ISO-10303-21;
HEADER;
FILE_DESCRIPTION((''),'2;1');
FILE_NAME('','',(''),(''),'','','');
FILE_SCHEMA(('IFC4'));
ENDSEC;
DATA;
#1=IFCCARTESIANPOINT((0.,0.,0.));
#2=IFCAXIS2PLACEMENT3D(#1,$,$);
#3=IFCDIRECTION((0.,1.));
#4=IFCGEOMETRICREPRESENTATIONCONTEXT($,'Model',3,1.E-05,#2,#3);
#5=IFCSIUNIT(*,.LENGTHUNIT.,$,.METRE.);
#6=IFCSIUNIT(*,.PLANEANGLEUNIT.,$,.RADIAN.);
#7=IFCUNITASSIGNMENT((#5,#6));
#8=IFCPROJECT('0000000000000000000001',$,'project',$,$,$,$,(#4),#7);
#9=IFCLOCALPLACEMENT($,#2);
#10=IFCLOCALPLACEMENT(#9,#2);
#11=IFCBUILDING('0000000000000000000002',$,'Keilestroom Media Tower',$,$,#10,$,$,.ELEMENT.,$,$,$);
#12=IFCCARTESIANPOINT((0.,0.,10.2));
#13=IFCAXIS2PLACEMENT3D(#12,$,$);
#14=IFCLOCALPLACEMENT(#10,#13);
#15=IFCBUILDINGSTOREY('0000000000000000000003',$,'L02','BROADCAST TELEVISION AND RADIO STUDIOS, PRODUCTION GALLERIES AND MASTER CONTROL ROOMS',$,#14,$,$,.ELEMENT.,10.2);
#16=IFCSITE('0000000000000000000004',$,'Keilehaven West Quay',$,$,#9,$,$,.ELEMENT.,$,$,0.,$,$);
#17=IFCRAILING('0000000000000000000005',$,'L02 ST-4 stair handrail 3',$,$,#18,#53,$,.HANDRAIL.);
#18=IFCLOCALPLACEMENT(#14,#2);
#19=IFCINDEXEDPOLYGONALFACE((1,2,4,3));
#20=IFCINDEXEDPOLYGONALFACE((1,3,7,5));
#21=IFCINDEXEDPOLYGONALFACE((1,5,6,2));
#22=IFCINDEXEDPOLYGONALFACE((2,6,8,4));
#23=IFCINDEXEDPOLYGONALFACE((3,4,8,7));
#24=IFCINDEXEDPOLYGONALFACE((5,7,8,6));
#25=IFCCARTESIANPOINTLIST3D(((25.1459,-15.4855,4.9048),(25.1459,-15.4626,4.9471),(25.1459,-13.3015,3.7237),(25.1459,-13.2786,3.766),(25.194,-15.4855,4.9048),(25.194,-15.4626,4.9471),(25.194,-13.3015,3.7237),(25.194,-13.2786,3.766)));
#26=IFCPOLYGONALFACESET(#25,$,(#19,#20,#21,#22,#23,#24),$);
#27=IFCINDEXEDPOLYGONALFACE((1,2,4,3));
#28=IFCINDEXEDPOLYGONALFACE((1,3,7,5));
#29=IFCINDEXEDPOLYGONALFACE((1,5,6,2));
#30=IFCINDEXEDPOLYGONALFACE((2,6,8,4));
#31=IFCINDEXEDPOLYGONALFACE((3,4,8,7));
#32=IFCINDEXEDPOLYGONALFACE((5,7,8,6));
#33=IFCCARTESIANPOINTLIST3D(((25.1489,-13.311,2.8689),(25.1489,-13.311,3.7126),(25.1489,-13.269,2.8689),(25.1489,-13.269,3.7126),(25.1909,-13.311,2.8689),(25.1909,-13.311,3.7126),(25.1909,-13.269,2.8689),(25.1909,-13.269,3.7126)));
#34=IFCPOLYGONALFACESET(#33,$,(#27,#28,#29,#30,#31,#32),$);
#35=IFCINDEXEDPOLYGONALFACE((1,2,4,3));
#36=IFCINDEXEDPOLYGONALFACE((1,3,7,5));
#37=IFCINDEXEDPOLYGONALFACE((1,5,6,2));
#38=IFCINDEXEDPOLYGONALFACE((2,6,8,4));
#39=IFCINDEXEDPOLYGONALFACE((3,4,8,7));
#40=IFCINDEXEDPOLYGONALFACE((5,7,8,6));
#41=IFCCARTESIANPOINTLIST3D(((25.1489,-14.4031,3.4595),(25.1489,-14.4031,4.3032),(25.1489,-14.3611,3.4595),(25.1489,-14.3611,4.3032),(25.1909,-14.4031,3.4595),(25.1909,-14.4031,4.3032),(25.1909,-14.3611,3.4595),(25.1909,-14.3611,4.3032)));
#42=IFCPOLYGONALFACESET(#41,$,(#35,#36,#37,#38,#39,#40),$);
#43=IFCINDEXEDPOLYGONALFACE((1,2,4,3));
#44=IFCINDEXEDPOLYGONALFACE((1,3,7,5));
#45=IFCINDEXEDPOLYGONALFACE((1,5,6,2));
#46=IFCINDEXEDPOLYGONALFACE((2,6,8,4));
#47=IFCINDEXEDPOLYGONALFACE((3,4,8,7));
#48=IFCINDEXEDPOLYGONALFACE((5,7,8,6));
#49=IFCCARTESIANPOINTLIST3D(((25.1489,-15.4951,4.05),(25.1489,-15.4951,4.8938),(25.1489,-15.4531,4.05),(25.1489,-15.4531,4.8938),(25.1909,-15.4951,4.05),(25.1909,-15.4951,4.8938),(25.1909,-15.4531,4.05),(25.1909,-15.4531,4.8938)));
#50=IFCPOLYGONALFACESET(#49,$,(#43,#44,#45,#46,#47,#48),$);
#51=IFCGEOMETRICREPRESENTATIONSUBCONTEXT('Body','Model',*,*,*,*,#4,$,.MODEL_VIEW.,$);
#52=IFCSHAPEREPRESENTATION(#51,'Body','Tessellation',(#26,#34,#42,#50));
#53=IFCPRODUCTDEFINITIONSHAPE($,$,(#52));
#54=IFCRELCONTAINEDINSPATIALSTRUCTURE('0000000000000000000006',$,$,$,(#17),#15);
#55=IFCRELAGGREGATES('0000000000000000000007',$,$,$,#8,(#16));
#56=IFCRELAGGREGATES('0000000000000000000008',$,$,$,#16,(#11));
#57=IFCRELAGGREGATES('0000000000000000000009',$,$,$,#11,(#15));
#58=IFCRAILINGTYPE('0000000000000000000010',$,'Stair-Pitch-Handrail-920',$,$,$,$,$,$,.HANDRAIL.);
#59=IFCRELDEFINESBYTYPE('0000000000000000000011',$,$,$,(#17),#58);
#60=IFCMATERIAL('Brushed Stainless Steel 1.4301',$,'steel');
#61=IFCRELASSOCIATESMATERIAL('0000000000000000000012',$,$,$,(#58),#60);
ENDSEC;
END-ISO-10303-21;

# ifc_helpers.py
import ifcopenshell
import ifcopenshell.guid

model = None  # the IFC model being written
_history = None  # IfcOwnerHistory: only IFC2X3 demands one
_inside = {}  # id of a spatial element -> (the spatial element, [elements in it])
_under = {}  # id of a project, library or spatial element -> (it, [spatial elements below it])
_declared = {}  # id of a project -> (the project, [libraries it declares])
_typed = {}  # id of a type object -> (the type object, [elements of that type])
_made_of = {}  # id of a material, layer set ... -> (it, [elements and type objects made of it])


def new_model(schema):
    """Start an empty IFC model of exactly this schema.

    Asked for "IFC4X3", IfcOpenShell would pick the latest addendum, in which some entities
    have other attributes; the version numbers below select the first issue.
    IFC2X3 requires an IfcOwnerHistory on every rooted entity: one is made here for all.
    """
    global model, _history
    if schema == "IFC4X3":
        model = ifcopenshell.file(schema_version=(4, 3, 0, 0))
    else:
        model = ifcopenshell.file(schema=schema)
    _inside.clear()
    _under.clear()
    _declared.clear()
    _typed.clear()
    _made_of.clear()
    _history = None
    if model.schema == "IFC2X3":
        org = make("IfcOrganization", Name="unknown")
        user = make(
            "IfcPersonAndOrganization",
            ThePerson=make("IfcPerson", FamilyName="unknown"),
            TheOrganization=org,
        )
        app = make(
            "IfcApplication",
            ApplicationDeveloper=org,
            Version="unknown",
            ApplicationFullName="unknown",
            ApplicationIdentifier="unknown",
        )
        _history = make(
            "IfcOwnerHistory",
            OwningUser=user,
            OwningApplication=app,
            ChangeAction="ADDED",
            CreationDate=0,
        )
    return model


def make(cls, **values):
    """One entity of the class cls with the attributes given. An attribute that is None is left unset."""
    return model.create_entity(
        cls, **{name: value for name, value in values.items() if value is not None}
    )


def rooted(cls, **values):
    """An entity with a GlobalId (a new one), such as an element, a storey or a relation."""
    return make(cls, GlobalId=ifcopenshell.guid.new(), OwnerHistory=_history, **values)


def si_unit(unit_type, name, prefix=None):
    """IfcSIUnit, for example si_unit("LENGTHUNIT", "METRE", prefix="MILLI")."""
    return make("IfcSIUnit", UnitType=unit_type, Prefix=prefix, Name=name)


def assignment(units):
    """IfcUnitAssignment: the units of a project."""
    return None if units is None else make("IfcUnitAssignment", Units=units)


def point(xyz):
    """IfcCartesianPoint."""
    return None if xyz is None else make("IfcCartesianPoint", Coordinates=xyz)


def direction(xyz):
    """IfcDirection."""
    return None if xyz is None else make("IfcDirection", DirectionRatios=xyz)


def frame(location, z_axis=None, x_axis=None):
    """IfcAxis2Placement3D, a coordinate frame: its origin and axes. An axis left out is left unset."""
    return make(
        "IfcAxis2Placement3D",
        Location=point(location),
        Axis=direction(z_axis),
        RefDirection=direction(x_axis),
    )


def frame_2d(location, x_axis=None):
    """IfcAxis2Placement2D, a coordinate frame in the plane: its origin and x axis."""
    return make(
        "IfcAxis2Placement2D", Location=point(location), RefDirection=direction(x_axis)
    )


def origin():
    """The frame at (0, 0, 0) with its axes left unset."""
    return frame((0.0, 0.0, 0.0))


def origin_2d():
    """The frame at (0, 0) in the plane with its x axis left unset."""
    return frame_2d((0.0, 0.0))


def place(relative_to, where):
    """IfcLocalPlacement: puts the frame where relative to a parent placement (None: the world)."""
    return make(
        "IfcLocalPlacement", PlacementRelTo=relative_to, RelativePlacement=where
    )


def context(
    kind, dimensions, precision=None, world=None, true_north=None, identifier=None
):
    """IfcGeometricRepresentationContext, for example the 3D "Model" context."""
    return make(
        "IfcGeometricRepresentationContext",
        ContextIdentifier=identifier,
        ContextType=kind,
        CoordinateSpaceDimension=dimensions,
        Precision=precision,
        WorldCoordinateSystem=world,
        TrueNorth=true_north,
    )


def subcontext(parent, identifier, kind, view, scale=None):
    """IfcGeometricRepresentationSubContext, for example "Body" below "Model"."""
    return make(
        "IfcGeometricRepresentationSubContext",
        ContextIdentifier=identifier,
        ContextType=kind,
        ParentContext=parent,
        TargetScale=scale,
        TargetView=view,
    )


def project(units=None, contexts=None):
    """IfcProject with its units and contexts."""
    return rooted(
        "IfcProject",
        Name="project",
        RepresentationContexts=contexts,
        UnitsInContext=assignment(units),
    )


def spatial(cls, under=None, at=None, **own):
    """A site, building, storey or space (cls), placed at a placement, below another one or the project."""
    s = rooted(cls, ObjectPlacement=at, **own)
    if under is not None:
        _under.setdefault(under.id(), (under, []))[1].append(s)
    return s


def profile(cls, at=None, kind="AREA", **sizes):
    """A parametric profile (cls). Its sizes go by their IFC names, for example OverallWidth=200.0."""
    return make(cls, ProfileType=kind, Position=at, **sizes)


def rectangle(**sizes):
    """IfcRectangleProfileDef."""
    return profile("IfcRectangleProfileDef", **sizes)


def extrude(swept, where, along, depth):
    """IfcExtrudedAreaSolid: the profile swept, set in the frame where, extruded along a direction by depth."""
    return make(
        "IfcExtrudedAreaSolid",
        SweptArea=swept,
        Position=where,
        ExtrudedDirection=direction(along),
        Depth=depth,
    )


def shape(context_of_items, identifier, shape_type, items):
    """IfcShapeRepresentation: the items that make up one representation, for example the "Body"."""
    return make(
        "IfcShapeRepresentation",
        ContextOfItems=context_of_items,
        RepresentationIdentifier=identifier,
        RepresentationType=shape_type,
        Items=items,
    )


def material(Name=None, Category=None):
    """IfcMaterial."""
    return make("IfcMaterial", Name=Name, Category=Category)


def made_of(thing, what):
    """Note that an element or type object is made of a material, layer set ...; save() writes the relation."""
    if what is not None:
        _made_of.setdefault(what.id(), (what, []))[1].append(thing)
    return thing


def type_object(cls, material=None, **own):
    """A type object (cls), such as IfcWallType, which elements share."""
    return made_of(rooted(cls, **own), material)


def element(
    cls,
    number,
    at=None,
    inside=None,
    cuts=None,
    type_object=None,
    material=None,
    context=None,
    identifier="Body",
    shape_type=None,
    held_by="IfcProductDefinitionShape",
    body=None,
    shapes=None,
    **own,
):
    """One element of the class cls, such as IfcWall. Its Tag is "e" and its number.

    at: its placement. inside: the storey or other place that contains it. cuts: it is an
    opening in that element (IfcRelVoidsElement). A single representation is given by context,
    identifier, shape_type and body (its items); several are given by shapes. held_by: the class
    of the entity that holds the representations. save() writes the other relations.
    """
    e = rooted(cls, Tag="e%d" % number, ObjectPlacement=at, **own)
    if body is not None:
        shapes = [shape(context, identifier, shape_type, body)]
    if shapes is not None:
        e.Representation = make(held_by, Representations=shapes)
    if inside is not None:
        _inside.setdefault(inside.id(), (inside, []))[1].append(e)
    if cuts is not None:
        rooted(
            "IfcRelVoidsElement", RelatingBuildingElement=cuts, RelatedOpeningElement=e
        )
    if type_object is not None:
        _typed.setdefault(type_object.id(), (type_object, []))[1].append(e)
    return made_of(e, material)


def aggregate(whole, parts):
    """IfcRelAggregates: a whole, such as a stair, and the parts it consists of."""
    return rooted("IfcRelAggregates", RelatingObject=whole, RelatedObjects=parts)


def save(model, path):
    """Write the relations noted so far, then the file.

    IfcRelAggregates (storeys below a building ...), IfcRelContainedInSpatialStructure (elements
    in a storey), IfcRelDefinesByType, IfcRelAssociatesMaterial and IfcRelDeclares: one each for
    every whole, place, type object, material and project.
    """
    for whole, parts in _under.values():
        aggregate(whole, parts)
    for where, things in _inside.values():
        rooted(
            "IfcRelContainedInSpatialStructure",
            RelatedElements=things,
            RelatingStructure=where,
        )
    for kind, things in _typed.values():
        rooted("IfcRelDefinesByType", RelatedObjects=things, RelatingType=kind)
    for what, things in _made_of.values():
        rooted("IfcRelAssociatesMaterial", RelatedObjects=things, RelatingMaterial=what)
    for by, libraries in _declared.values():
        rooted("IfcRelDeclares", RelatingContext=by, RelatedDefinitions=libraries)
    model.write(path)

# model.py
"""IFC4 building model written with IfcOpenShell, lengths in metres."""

from ifc_helpers import new_model, si_unit, direction, frame, origin, origin_2d, place, context, subcontext, project, spatial, rectangle, extrude, material, type_object, element, save


model = new_model("IFC4")

# Units and contexts
model_context = context("Model", 3, precision=1e-05, world=origin(), true_north=direction((0.0, 1.0)))
body_context = subcontext(model_context, "Body", "Model", "MODEL_VIEW")
ifc_project = project(units=[si_unit("LENGTHUNIT", "METRE"), si_unit("PLANEANGLEUNIT", "RADIAN")], contexts=[model_context])

# Site, building, storey
site_placement = place(None, origin())
site = spatial("IfcSite", under=ifc_project, at=site_placement, Name="Keilehaven West Quay", CompositionType="ELEMENT", RefElevation=0.0)
building_placement = place(site_placement, origin())
building = spatial("IfcBuilding", under=site, at=building_placement, Name="Keilestroom Media Tower", CompositionType="ELEMENT")
storey_placement = place(building_placement, frame((0.0, 0.0, 10.2)))
storey = spatial("IfcBuildingStorey", under=building, at=storey_placement, Name="L02", Description="BROADCAST TELEVISION AND RADIO STUDIOS, PRODUCTION GALLERIES AND MASTER CONTROL ROOMS", CompositionType="ELEMENT", Elevation=10.2)

# Railing
ifc_material_1 = material(Name="Brushed Stainless Steel 1.4301", Category="steel")
railing_type = type_object("IfcRailingType", Name="Stair-Pitch-Handrail-920", PredefinedType="HANDRAIL", material=ifc_material_1)
railing_1_placement = place(storey_placement, frame((25.1699, -13.29, 2.8689)))
element("IfcRailing", 1, at=railing_1_placement, inside=storey, type_object=railing_type, Name="L02 ST-4 stair handrail 3", PredefinedType="HANDRAIL", context=body_context, shape_type="SweptSolid", body=[
    extrude(rectangle(XDim=0.0481, YDim=0.0481, at=origin_2d()), frame((0.0, 0.0, 0.876), z_axis=(0.0, -0.879611, 0.475694), x_axis=(1.0, 0.0, 0.0)), (0.0, 0.0, 1.0), 2.4829),
    extrude(rectangle(XDim=0.042, YDim=0.042, at=origin_2d()), origin(), (0.0, 0.0, 1.0), 0.8438),
    extrude(rectangle(XDim=0.042, YDim=0.042, at=origin_2d()), frame((0.0, -1.092, 0.5906)), (0.0, 0.0, 1.0), 0.8438),
    extrude(rectangle(XDim=0.042, YDim=0.042, at=origin_2d()), frame((0.0, -2.1841, 1.1812)), (0.0, 0.0, 1.0), 0.8438),
])

save(model, "model.ifc")
